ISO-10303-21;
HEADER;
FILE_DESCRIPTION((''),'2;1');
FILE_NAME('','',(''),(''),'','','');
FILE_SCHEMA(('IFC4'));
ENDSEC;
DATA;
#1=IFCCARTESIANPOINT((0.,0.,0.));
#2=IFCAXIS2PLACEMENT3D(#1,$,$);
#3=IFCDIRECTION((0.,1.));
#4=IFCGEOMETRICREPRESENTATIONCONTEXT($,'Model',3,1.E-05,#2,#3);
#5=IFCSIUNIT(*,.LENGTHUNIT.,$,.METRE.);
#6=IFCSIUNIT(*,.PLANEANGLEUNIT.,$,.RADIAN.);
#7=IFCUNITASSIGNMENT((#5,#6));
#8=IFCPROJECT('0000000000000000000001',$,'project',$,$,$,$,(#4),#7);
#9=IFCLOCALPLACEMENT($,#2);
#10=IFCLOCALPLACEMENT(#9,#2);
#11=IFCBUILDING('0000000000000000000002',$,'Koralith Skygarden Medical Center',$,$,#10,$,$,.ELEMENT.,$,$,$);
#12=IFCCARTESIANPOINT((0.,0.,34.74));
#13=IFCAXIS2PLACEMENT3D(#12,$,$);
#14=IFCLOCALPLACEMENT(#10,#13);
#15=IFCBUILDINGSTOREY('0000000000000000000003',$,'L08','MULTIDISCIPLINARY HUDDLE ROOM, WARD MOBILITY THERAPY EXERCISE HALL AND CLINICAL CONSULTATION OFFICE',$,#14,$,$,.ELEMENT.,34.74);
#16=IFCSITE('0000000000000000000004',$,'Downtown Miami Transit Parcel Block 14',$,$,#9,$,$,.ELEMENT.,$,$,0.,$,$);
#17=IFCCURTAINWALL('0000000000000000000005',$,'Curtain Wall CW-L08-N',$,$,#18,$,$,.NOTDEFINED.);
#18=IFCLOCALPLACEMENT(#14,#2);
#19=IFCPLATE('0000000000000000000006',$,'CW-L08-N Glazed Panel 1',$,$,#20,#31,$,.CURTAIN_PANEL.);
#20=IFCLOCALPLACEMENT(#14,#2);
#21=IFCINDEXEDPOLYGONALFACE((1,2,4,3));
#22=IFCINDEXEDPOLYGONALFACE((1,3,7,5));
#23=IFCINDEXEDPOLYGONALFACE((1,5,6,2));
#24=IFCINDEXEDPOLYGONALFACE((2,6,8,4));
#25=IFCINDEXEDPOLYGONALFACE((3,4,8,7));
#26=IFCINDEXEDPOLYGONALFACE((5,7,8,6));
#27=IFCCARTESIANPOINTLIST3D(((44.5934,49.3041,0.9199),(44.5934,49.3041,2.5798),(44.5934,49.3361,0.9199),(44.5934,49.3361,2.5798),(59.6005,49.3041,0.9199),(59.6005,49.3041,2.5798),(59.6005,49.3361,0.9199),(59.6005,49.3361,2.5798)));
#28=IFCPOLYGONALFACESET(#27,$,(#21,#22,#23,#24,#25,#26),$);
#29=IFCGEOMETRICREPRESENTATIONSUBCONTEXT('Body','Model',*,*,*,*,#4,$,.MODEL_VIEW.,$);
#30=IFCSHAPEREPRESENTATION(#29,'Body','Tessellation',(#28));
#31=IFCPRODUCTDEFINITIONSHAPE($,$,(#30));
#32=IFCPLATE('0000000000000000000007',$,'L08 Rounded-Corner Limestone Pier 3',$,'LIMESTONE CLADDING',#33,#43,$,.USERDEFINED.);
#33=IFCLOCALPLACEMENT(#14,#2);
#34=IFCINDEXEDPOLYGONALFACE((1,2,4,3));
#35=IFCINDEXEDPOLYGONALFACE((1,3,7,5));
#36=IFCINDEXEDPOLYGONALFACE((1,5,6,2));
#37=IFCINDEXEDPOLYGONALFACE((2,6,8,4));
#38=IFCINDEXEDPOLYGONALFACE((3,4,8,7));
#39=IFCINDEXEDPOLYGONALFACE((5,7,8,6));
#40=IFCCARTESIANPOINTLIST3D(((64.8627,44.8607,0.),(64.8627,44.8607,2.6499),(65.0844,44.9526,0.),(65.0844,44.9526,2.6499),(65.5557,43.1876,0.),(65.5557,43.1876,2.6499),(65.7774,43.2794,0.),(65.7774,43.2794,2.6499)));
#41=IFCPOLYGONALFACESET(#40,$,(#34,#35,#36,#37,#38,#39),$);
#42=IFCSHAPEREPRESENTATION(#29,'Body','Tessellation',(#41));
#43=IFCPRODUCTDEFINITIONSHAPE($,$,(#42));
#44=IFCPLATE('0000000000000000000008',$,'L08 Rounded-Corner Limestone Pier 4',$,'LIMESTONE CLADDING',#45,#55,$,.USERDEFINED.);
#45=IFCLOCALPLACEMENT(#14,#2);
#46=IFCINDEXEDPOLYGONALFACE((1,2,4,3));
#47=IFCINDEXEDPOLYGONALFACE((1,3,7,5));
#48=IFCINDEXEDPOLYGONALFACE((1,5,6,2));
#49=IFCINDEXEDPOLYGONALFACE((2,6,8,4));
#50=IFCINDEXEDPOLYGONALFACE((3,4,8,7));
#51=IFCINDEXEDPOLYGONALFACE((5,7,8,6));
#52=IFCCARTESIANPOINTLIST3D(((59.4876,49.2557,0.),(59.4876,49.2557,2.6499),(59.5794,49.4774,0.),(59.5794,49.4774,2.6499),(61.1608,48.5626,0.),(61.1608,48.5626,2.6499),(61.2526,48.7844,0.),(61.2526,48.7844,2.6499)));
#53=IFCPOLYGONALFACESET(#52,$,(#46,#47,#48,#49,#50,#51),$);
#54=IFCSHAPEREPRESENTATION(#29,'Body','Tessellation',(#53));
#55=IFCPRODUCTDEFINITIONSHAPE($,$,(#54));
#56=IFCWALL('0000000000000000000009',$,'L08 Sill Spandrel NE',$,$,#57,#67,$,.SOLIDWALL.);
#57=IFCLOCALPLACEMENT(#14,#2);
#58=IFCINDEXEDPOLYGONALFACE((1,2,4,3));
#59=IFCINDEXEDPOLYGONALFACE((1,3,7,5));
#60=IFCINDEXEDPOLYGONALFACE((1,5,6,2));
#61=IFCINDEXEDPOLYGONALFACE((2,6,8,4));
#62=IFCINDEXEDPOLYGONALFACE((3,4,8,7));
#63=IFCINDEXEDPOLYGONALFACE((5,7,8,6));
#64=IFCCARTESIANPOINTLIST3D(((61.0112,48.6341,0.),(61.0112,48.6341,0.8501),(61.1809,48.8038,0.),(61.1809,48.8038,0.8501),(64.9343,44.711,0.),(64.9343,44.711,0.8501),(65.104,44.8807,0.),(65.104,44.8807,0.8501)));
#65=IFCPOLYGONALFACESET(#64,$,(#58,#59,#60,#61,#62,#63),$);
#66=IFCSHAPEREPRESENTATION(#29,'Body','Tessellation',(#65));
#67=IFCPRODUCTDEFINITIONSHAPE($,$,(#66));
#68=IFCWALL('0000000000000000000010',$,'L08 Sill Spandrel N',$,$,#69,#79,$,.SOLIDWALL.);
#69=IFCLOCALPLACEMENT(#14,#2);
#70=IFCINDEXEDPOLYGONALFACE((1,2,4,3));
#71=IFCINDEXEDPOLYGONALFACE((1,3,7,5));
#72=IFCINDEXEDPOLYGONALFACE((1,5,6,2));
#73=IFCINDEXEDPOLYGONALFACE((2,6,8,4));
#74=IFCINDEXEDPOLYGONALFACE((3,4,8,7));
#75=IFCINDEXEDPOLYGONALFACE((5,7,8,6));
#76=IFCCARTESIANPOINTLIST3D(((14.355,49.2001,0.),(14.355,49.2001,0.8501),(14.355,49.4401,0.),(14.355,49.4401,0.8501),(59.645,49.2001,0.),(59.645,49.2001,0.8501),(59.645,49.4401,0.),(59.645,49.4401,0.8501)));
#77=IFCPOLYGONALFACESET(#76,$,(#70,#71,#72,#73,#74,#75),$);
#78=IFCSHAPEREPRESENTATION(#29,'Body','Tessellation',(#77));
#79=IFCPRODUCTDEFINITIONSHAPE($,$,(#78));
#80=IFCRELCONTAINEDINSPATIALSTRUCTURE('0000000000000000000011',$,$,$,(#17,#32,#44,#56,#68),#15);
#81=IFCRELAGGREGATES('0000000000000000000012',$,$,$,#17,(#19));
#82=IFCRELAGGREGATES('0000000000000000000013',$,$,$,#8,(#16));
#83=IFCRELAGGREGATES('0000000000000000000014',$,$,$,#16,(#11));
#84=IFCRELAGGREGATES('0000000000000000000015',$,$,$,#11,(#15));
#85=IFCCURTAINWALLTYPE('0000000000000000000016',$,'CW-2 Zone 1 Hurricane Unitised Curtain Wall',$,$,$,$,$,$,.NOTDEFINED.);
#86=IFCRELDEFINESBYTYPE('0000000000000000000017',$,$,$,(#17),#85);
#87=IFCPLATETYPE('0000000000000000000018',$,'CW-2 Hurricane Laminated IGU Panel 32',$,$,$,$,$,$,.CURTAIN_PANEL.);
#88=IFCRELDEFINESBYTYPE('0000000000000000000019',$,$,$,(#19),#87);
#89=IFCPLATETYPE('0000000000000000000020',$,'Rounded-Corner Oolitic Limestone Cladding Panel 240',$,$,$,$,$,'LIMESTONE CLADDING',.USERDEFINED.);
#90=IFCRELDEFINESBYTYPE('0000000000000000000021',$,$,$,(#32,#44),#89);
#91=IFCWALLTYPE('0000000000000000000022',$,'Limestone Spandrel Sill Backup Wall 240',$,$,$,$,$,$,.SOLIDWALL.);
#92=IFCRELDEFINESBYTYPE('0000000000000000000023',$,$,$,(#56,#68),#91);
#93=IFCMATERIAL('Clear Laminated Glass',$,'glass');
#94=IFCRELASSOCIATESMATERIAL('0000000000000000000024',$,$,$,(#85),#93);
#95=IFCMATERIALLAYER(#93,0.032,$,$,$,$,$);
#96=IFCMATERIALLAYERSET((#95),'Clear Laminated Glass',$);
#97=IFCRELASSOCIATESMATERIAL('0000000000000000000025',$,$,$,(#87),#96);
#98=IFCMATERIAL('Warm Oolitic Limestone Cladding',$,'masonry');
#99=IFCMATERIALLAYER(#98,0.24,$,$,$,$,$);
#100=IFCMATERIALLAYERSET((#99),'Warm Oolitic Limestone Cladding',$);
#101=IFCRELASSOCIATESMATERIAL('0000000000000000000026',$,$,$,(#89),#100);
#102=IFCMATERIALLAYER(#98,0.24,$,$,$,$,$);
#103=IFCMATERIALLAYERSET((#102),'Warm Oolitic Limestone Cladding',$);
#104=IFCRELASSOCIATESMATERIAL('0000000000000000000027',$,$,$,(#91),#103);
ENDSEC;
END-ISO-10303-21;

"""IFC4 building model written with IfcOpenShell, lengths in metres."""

from ifc_helpers import new_model, si_unit, direction, frame, frame_2d, origin, origin_2d, place, context, subcontext, project, spatial, rectangle, extrude, material, layer, layer_set, type_object, element, aggregate, save


model = new_model("IFC4")

# Units and contexts
model_context = context("Model", 3, precision=1e-05, world=origin(), true_north=direction((0.0, 1.0)))
body_context = subcontext(model_context, "Body", "Model", "MODEL_VIEW")
ifc_project = project(units=[si_unit("LENGTHUNIT", "METRE"), si_unit("PLANEANGLEUNIT", "RADIAN")], contexts=[model_context])

# Site, building, storey
site_placement = place(None, origin())
site = spatial("IfcSite", under=ifc_project, at=site_placement, Name="Downtown Miami Transit Parcel Block 14", CompositionType="ELEMENT", RefElevation=0.0)
building_placement = place(site_placement, origin())
building = spatial("IfcBuilding", under=site, at=building_placement, Name="Koralith Skygarden Medical Center", CompositionType="ELEMENT")
storey_placement = place(building_placement, frame((0.0, 0.0, 34.74)))
storey = spatial("IfcBuildingStorey", under=building, at=storey_placement, Name="L08", Description="MULTIDISCIPLINARY HUDDLE ROOM, WARD MOBILITY THERAPY EXERCISE HALL AND CLINICAL CONSULTATION OFFICE", CompositionType="ELEMENT", Elevation=34.74)

# Shared definitions
ifc_material_1 = material(Name="Clear Laminated Glass", Category="glass")
curtain_wall_type = type_object("IfcCurtainWallType", Name="CW-2 Zone 1 Hurricane Unitised Curtain Wall", PredefinedType="NOTDEFINED", material=ifc_material_1)

# Curtain wall
curtain_wall_1_placement = place(storey_placement, origin())
curtain_wall_1 = element("IfcCurtainWall", 1, at=curtain_wall_1_placement, inside=storey, type_object=curtain_wall_type, Name="Curtain Wall CW-L08-N", PredefinedType="NOTDEFINED")

# Plate
ifc_layer_1 = layer(ifc_material_1, 0.032)
ifc_layer_set_1 = layer_set([ifc_layer_1], Name="Clear Laminated Glass")
plate_type_1 = type_object("IfcPlateType", Name="CW-2 Hurricane Laminated IGU Panel 32", PredefinedType="CURTAIN_PANEL", material=ifc_layer_set_1)
plate_1_placement = place(storey_placement, frame((52.0969, 49.3201, 0.9199), z_axis=(0.0, 0.0, 1.0), x_axis=(-1.0, 0.0, 0.0)))
plate_1 = element("IfcPlate", 2, at=plate_1_placement, type_object=plate_type_1, Name="CW-L08-N Glazed Panel 1", PredefinedType="CURTAIN_PANEL", context=body_context, shape_type="SweptSolid", body=[
    extrude(rectangle(XDim=15.0071, YDim=0.032, at=origin_2d()), origin(), (0.0, 0.0, 1.0), 1.6599),
])
aggregate(curtain_wall_1, [plate_1])

# Plates
ifc_material_2 = material(Name="Warm Oolitic Limestone Cladding", Category="masonry")
ifc_layer_2 = layer(ifc_material_2, 0.24)
ifc_layer_set_2 = layer_set([ifc_layer_2], Name="Warm Oolitic Limestone Cladding")
plate_type_2 = type_object("IfcPlateType", Name="Rounded-Corner Oolitic Limestone Cladding Panel 240", ElementType="LIMESTONE CLADDING", PredefinedType="USERDEFINED", material=ifc_layer_set_2)
for number, where, z_axis, x_axis, name in (
    (3, (65.3201, 44.0701, 0.0), (0.0, 0.0, 1.0), (-0.382671, 0.923885, 0.0), "L08 Rounded-Corner Limestone Pier 3"),
    (4, (60.3701, 49.02, 0.0), (0.0, 0.0, 1.0), (-0.923885, 0.382671, 0.0), "L08 Rounded-Corner Limestone Pier 4"),
):
    element("IfcPlate", number, at=place(storey_placement, frame(where, z_axis=z_axis, x_axis=x_axis)), inside=storey, type_object=plate_type_2, Name=name, ObjectType="LIMESTONE CLADDING", PredefinedType="USERDEFINED", context=body_context, shape_type="SweptSolid", body=[
        extrude(rectangle(XDim=1.811, YDim=0.24, at=origin_2d()), origin(), (0.0, 0.0, 1.0), 2.6499),
    ])

# Walls
ifc_layer_3 = layer(ifc_material_2, 0.24)
ifc_layer_set_3 = layer_set([ifc_layer_3], Name="Warm Oolitic Limestone Cladding")
wall_type = type_object("IfcWallType", Name="Limestone Spandrel Sill Backup Wall 240", PredefinedType="SOLIDWALL", material=ifc_layer_set_3)
wall_1_placement = place(storey_placement, frame((65.019, 44.7959, 0.0), z_axis=(0.0, 0.0, 1.0), x_axis=(-0.707107, 0.707107, 0.0)))
element("IfcWall", 5, at=wall_1_placement, inside=storey, type_object=wall_type, Name="L08 Sill Spandrel NE", PredefinedType="SOLIDWALL", context=body_context, shape_type="SweptSolid", body=[
    extrude(rectangle(XDim=5.5481, YDim=0.24, at=frame_2d((2.7739, 0.0))), origin(), (0.0, 0.0, 1.0), 0.8501),
])
wall_2_placement = place(storey_placement, frame((59.645, 49.3201, 0.0), z_axis=(0.0, 0.0, 1.0), x_axis=(-1.0, 0.0, 0.0)))
element("IfcWall", 6, at=wall_2_placement, inside=storey, type_object=wall_type, Name="L08 Sill Spandrel N", PredefinedType="SOLIDWALL", context=body_context, shape_type="SweptSolid", body=[
    extrude(rectangle(XDim=45.29, YDim=0.24, at=frame_2d((22.645, 0.0))), origin(), (0.0, 0.0, 1.0), 0.8501),
])

save(model, "model.ifc")
